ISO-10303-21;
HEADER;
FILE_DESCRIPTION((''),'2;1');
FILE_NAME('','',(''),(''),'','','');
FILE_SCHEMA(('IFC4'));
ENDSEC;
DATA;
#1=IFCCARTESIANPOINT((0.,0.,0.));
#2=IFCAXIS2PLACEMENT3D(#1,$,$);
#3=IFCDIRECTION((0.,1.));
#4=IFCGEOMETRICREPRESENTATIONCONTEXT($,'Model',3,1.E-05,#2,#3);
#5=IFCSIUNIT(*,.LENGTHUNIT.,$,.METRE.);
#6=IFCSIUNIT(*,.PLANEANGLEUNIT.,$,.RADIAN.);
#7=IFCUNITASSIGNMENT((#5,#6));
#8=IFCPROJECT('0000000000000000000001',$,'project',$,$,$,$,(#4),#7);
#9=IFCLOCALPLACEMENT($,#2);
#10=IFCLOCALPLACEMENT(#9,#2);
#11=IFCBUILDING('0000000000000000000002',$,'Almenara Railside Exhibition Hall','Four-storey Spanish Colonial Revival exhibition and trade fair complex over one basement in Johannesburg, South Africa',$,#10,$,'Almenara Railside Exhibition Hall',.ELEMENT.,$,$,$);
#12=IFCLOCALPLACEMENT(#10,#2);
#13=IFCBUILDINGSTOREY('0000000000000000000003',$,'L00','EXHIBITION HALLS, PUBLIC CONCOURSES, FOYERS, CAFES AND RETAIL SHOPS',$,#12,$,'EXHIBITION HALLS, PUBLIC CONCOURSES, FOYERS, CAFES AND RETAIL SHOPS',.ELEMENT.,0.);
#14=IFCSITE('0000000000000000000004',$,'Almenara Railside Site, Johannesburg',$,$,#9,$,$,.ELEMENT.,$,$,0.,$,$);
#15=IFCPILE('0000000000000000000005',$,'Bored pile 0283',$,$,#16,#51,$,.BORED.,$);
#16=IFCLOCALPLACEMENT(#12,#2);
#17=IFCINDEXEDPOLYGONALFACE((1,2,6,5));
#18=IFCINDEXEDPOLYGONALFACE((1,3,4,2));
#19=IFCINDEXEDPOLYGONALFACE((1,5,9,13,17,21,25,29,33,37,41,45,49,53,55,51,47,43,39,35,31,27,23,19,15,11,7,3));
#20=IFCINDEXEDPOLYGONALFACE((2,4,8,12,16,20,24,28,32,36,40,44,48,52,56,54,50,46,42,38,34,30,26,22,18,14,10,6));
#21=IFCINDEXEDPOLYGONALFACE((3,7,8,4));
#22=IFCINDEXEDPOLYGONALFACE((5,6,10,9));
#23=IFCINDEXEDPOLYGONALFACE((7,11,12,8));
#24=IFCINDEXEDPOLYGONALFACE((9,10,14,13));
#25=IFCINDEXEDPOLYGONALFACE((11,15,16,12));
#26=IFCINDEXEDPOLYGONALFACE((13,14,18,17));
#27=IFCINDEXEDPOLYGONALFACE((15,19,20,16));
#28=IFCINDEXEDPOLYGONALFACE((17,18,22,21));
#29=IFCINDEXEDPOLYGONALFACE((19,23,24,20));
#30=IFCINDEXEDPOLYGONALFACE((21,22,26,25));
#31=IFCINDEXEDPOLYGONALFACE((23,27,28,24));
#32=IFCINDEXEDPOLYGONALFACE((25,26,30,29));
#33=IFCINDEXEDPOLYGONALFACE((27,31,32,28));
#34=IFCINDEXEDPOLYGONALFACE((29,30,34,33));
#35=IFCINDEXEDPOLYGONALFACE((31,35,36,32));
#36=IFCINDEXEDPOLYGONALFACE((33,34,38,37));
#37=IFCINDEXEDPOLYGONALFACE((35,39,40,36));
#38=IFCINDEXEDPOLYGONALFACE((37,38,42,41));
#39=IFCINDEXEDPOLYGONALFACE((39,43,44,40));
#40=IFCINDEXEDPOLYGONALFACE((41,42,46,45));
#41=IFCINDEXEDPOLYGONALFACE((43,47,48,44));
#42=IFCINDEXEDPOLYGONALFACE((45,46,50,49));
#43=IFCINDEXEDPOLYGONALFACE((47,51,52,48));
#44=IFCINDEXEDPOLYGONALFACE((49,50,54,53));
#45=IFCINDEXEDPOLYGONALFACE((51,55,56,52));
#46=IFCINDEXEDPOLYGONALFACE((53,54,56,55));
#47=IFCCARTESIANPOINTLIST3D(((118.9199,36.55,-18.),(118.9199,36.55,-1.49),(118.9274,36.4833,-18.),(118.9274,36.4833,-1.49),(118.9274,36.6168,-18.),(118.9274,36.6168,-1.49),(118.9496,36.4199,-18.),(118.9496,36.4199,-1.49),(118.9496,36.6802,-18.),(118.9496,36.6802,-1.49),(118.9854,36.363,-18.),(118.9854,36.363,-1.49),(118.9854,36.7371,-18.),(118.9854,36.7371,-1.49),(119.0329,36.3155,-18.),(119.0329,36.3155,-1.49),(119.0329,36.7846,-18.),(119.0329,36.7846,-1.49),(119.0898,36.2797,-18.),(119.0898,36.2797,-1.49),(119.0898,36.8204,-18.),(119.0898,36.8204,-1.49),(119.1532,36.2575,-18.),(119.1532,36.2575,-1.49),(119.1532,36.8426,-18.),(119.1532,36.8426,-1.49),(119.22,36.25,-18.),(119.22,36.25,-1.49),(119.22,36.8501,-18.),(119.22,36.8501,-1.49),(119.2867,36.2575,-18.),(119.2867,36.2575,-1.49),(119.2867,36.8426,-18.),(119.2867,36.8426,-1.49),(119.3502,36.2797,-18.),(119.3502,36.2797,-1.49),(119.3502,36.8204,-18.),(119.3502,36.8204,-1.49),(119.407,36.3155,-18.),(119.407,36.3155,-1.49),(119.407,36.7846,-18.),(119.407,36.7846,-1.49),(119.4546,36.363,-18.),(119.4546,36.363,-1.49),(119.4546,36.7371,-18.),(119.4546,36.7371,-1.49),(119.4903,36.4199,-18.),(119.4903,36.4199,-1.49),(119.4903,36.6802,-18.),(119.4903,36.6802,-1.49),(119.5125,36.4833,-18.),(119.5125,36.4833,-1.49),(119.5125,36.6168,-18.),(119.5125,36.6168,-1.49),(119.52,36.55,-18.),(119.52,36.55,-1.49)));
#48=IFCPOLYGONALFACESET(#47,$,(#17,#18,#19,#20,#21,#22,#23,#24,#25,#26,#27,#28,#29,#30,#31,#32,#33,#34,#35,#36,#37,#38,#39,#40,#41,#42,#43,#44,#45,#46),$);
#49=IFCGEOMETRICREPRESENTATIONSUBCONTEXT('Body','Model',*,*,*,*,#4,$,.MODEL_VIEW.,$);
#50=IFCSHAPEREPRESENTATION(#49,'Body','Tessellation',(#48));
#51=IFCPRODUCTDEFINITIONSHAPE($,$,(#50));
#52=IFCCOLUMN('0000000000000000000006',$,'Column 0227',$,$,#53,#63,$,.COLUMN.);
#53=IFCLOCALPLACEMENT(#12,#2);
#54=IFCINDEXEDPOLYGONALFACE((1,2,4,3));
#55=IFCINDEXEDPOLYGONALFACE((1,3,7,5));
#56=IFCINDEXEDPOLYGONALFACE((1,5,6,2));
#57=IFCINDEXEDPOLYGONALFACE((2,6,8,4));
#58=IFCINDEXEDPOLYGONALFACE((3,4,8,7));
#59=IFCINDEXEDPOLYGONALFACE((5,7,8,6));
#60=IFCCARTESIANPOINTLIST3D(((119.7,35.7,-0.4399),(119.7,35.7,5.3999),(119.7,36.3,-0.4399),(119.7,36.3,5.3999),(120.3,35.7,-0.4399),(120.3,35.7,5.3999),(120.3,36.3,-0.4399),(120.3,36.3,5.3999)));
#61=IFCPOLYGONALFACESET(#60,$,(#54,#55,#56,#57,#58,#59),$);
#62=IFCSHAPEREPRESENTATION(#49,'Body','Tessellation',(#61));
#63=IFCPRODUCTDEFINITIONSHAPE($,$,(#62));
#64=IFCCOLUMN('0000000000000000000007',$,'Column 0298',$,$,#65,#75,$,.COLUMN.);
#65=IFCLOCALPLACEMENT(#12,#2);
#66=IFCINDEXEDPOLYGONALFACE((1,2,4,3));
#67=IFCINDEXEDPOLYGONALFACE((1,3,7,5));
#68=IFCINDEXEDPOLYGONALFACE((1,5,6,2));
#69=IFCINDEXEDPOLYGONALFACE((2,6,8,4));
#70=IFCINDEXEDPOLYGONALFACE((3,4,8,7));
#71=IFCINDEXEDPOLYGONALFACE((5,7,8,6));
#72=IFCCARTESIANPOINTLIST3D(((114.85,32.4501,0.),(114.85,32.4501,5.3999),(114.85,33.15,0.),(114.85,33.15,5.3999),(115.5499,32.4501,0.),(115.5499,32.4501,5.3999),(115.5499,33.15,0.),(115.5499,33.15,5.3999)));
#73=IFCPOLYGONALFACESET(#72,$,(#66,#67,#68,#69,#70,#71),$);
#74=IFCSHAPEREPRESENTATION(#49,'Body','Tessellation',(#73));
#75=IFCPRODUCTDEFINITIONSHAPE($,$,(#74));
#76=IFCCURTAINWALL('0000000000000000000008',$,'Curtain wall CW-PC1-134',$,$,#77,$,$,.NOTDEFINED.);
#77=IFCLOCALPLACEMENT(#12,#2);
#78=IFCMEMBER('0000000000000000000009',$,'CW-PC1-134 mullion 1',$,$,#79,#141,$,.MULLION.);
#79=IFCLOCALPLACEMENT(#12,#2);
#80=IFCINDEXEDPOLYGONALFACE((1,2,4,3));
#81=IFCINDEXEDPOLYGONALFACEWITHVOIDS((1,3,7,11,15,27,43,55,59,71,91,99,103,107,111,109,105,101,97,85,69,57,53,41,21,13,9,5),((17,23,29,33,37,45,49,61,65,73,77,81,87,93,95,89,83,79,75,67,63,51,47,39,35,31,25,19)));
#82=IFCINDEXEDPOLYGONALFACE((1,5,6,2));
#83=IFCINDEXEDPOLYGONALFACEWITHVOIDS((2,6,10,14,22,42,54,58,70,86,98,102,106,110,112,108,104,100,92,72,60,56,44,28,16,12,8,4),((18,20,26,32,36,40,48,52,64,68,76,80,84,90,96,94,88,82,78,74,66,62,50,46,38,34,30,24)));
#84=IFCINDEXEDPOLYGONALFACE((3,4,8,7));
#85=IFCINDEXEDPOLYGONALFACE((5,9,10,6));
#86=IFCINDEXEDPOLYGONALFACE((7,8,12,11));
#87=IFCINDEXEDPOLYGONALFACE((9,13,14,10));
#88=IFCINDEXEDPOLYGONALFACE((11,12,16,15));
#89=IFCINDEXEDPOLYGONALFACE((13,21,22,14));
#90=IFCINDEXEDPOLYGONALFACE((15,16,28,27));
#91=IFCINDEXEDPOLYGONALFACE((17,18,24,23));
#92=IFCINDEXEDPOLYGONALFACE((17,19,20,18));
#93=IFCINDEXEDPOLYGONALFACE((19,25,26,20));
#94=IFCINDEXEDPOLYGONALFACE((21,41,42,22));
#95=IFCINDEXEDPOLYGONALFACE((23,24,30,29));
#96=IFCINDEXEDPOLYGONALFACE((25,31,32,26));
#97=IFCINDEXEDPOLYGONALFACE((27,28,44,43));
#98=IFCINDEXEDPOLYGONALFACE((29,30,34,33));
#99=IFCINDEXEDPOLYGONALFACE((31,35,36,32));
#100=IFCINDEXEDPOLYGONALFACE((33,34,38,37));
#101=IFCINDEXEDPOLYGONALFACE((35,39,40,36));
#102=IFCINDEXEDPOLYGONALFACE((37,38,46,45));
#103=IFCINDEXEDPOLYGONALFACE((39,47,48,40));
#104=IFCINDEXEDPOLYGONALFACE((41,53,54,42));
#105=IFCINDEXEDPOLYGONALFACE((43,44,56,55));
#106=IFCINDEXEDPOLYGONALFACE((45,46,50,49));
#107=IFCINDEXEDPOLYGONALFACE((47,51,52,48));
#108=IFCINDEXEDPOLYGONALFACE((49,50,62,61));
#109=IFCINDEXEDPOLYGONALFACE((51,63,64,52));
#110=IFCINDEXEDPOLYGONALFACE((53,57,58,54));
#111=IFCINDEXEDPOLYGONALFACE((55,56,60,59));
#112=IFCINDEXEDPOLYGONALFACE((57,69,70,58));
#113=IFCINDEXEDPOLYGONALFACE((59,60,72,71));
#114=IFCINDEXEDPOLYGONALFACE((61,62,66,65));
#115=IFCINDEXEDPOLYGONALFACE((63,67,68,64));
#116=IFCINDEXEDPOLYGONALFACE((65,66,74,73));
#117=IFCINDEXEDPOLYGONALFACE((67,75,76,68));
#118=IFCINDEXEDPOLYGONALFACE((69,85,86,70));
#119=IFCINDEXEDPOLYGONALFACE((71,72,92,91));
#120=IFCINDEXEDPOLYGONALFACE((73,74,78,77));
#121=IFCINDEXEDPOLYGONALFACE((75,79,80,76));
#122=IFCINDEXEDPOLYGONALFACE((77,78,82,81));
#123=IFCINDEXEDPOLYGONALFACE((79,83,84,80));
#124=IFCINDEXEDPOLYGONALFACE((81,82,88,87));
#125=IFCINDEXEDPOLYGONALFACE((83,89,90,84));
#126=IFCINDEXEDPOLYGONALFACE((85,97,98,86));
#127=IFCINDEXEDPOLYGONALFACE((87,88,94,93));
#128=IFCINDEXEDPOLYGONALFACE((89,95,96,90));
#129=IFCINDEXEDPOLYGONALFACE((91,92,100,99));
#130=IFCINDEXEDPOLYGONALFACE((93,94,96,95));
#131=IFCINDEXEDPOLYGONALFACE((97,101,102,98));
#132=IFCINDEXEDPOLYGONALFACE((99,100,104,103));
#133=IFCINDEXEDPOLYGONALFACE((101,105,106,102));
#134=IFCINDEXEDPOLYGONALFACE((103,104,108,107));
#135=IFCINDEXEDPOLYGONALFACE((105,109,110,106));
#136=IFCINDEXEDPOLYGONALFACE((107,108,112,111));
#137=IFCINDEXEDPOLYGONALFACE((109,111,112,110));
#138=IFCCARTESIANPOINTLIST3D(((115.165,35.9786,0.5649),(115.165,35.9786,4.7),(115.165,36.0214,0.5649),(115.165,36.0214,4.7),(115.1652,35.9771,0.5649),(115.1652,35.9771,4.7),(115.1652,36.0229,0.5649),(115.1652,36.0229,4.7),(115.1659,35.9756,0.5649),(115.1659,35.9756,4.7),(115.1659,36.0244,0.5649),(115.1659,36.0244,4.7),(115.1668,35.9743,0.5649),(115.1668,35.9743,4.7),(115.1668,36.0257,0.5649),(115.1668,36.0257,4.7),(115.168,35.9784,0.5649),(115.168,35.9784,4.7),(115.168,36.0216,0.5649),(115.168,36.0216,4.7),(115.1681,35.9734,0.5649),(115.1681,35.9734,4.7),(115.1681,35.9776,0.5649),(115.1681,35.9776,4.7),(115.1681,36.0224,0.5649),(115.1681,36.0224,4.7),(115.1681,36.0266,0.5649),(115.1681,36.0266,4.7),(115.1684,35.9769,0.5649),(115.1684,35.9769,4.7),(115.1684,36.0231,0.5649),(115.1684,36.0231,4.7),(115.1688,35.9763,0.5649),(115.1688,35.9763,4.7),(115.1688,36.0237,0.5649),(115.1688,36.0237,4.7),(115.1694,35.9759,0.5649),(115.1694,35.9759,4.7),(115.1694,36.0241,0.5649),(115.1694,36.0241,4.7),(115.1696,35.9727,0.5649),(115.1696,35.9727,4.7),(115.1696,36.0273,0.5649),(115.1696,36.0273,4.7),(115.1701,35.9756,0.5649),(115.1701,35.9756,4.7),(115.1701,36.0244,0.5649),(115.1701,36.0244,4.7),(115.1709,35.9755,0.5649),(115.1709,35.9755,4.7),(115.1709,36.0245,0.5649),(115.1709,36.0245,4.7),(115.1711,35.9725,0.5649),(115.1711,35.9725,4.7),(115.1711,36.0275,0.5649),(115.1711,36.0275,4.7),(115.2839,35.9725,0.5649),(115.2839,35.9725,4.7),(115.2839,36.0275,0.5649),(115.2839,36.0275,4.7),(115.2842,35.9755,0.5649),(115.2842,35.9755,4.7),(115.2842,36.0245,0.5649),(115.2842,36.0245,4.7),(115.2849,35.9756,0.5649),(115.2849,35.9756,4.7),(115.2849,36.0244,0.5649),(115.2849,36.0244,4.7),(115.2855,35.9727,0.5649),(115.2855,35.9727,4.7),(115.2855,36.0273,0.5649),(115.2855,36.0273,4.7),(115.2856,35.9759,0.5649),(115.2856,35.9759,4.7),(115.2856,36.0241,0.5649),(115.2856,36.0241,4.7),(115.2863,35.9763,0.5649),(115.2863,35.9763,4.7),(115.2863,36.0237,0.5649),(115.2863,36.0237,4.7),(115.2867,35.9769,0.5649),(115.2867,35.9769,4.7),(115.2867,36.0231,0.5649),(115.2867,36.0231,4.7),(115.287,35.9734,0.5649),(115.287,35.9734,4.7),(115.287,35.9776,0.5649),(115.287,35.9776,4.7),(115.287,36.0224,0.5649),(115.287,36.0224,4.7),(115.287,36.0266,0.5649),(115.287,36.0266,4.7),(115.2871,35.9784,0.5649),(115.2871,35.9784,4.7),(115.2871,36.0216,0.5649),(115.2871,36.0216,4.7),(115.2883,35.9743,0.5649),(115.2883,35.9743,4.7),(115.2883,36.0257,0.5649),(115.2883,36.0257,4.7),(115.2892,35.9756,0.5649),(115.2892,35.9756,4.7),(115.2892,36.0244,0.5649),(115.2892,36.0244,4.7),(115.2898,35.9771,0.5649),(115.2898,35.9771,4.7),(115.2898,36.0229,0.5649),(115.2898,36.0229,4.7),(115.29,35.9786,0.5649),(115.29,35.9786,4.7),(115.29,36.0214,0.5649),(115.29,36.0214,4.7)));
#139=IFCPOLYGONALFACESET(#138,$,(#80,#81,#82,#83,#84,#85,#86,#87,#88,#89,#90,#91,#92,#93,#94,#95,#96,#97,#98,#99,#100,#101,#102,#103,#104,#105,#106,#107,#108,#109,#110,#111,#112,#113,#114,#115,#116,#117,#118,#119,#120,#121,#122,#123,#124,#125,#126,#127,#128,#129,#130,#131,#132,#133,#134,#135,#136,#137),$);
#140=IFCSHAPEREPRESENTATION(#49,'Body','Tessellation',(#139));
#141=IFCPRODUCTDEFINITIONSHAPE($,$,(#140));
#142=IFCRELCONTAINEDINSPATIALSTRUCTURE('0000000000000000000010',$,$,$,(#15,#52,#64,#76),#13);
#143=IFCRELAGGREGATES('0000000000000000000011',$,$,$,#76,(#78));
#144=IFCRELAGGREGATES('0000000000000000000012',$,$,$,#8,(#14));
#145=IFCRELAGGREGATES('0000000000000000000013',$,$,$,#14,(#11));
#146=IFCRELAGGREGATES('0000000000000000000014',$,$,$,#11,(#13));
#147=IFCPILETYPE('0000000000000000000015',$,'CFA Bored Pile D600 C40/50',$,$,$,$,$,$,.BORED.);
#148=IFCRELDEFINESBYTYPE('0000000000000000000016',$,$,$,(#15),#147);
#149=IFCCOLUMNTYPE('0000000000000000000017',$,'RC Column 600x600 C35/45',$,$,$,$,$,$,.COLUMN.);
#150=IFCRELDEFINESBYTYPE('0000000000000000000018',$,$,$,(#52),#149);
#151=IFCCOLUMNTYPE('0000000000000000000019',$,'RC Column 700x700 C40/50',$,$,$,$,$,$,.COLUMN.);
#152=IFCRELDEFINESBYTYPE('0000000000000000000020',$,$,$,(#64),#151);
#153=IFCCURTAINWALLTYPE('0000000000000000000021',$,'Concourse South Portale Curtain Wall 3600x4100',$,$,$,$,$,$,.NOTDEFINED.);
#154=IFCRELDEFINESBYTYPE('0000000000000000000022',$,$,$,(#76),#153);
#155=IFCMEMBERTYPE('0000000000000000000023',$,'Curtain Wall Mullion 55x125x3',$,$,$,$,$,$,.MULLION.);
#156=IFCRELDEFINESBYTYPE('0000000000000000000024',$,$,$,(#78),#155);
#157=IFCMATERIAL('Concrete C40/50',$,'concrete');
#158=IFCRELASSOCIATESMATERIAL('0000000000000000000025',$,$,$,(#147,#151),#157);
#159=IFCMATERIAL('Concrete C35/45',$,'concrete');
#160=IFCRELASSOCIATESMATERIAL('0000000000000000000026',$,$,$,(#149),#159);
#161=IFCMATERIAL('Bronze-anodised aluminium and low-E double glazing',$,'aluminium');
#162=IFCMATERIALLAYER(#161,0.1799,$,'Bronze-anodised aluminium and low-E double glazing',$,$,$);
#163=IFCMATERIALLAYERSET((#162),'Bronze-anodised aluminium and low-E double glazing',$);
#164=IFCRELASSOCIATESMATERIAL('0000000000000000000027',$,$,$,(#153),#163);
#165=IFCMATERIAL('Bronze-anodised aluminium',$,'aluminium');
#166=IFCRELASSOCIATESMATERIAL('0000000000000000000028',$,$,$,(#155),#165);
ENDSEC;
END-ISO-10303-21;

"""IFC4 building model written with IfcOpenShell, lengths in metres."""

from ifc_helpers import new_model, si_unit, direction, frame, origin, origin_2d, place, context, subcontext, project, spatial, rectangle, hollow_rectangle, circle, extrude, material, layer, layer_set, material_profile, profile_set, type_object, element, aggregate, save


model = new_model("IFC4")

# Units and contexts
model_context = context("Model", 3, precision=1e-05, world=origin(), true_north=direction((0.0, 1.0)))
body_context = subcontext(model_context, "Body", "Model", "MODEL_VIEW")
ifc_project = project(units=[si_unit("LENGTHUNIT", "METRE"), si_unit("PLANEANGLEUNIT", "RADIAN")], contexts=[model_context])

# Site, building, storey
site_placement = place(None, origin())
site = spatial("IfcSite", under=ifc_project, at=site_placement, Name="Almenara Railside Site, Johannesburg", CompositionType="ELEMENT", RefElevation=0.0)
building_placement = place(site_placement, origin())
building = spatial("IfcBuilding", under=site, at=building_placement, Name="Almenara Railside Exhibition Hall", Description="Four-storey Spanish Colonial Revival exhibition and trade fair complex over one basement in Johannesburg, South Africa", LongName="Almenara Railside Exhibition Hall", CompositionType="ELEMENT")
storey_placement = place(building_placement, origin())
storey = spatial("IfcBuildingStorey", under=building, at=storey_placement, Name="L00", Description="EXHIBITION HALLS, PUBLIC CONCOURSES, FOYERS, CAFES AND RETAIL SHOPS", LongName="EXHIBITION HALLS, PUBLIC CONCOURSES, FOYERS, CAFES AND RETAIL SHOPS", CompositionType="ELEMENT", Elevation=0.0)

# Pile
ifc_material_1 = material(Name="Concrete C40/50", Category="concrete")
ifc_material_profile_1 = material_profile(ifc_material_1, circle(Radius=0.3, at=origin_2d()), Name="CFA-PILE D600")
ifc_profile_set_1 = profile_set([ifc_material_profile_1], Name="Concrete C40/50")
pile_type = type_object("IfcPileType", Name="CFA Bored Pile D600 C40/50", PredefinedType="BORED", material=ifc_profile_set_1)
pile_placement = place(storey_placement, frame((119.22, 36.55, -1.49), z_axis=(0.0, 0.0, -1.0), x_axis=(1.0, 0.0, 0.0)))
element("IfcPile", 1, at=pile_placement, inside=storey, type_object=pile_type, Name="Bored pile 0283", PredefinedType="BORED", context=body_context, shape_type="SweptSolid", body=[
    extrude(circle(Radius=0.3, at=origin_2d()), origin(), (0.0, 0.0, 1.0), 16.51),
])

# Columns
ifc_material_2 = material(Name="Concrete C35/45", Category="concrete")
ifc_material_profile_2 = material_profile(ifc_material_2, rectangle(XDim=0.6001, YDim=0.6001, at=origin_2d()), Name="RC 600x600")
ifc_profile_set_2 = profile_set([ifc_material_profile_2], Name="Concrete C35/45")
column_type_1 = type_object("IfcColumnType", Name="RC Column 600x600 C35/45", PredefinedType="COLUMN", material=ifc_profile_set_2)
column_1_placement = place(storey_placement, frame((120.0, 36.0, -0.4399), z_axis=(0.0, 0.0, 1.0), x_axis=(1.0, 0.0, 0.0)))
element("IfcColumn", 2, at=column_1_placement, inside=storey, type_object=column_type_1, Name="Column 0227", PredefinedType="COLUMN", context=body_context, shape_type="SweptSolid", body=[
    extrude(rectangle(XDim=0.6001, YDim=0.6001, at=origin_2d()), origin(), (0.0, 0.0, 1.0), 5.8398),
])
ifc_material_profile_3 = material_profile(ifc_material_1, rectangle(XDim=0.7, YDim=0.7, at=origin_2d()), Name="RC 700x700")
ifc_profile_set_3 = profile_set([ifc_material_profile_3], Name="Concrete C40/50")
column_type_2 = type_object("IfcColumnType", Name="RC Column 700x700 C40/50", PredefinedType="COLUMN", material=ifc_profile_set_3)
column_2_placement = place(storey_placement, frame((115.2, 32.8, 0.0), z_axis=(0.0, 0.0, 1.0), x_axis=(1.0, 0.0, 0.0)))
element("IfcColumn", 3, at=column_2_placement, inside=storey, type_object=column_type_2, Name="Column 0298", PredefinedType="COLUMN", context=body_context, shape_type="SweptSolid", body=[
    extrude(rectangle(XDim=0.7, YDim=0.7, at=origin_2d()), origin(), (0.0, 0.0, 1.0), 5.3999),
])

# Curtain wall, member
ifc_material_3 = material(Name="Bronze-anodised aluminium and low-E double glazing", Category="aluminium")
ifc_layer_1 = layer(ifc_material_3, 0.1799, Name="Bronze-anodised aluminium and low-E double glazing")
ifc_layer_set_1 = layer_set([ifc_layer_1], Name="Bronze-anodised aluminium and low-E double glazing")
curtain_wall_type = type_object("IfcCurtainWallType", Name="Concourse South Portale Curtain Wall 3600x4100", PredefinedType="NOTDEFINED", material=ifc_layer_set_1)
curtain_wall_placement = place(storey_placement, origin())
curtain_wall = element("IfcCurtainWall", 4, at=curtain_wall_placement, inside=storey, type_object=curtain_wall_type, Name="Curtain wall CW-PC1-134", PredefinedType="NOTDEFINED")
ifc_material_4 = material(Name="Bronze-anodised aluminium", Category="aluminium")
ifc_material_profile_4 = material_profile(ifc_material_4, hollow_rectangle(XDim=0.0549, YDim=0.125, WallThickness=0.0029, InnerFilletRadius=0.0029, OuterFilletRadius=0.0061, at=origin_2d()), Name="ALU-MUL 55x125x3")
ifc_profile_set_4 = profile_set([ifc_material_profile_4], Name="Bronze-anodised aluminium")
member_type_1 = type_object("IfcMemberType", Name="Curtain Wall Mullion 55x125x3", PredefinedType="MULLION", material=ifc_profile_set_4)
member_1_placement = place(storey_placement, frame((115.2275, 36.0, 0.5649), z_axis=(0.0, 0.0, 1.0), x_axis=(0.0, 1.0, 0.0)))
member_1 = element("IfcMember", 5, at=member_1_placement, type_object=member_type_1, Name="CW-PC1-134 mullion 1", PredefinedType="MULLION", context=body_context, shape_type="SweptSolid", body=[
    extrude(hollow_rectangle(XDim=0.0549, YDim=0.125, WallThickness=0.0029, InnerFilletRadius=0.0029, OuterFilletRadius=0.0061, at=origin_2d()), origin(), (0.0, 0.0, 1.0), 4.135),
])

aggregate(curtain_wall, [member_1])

save(model, "model.ifc")
